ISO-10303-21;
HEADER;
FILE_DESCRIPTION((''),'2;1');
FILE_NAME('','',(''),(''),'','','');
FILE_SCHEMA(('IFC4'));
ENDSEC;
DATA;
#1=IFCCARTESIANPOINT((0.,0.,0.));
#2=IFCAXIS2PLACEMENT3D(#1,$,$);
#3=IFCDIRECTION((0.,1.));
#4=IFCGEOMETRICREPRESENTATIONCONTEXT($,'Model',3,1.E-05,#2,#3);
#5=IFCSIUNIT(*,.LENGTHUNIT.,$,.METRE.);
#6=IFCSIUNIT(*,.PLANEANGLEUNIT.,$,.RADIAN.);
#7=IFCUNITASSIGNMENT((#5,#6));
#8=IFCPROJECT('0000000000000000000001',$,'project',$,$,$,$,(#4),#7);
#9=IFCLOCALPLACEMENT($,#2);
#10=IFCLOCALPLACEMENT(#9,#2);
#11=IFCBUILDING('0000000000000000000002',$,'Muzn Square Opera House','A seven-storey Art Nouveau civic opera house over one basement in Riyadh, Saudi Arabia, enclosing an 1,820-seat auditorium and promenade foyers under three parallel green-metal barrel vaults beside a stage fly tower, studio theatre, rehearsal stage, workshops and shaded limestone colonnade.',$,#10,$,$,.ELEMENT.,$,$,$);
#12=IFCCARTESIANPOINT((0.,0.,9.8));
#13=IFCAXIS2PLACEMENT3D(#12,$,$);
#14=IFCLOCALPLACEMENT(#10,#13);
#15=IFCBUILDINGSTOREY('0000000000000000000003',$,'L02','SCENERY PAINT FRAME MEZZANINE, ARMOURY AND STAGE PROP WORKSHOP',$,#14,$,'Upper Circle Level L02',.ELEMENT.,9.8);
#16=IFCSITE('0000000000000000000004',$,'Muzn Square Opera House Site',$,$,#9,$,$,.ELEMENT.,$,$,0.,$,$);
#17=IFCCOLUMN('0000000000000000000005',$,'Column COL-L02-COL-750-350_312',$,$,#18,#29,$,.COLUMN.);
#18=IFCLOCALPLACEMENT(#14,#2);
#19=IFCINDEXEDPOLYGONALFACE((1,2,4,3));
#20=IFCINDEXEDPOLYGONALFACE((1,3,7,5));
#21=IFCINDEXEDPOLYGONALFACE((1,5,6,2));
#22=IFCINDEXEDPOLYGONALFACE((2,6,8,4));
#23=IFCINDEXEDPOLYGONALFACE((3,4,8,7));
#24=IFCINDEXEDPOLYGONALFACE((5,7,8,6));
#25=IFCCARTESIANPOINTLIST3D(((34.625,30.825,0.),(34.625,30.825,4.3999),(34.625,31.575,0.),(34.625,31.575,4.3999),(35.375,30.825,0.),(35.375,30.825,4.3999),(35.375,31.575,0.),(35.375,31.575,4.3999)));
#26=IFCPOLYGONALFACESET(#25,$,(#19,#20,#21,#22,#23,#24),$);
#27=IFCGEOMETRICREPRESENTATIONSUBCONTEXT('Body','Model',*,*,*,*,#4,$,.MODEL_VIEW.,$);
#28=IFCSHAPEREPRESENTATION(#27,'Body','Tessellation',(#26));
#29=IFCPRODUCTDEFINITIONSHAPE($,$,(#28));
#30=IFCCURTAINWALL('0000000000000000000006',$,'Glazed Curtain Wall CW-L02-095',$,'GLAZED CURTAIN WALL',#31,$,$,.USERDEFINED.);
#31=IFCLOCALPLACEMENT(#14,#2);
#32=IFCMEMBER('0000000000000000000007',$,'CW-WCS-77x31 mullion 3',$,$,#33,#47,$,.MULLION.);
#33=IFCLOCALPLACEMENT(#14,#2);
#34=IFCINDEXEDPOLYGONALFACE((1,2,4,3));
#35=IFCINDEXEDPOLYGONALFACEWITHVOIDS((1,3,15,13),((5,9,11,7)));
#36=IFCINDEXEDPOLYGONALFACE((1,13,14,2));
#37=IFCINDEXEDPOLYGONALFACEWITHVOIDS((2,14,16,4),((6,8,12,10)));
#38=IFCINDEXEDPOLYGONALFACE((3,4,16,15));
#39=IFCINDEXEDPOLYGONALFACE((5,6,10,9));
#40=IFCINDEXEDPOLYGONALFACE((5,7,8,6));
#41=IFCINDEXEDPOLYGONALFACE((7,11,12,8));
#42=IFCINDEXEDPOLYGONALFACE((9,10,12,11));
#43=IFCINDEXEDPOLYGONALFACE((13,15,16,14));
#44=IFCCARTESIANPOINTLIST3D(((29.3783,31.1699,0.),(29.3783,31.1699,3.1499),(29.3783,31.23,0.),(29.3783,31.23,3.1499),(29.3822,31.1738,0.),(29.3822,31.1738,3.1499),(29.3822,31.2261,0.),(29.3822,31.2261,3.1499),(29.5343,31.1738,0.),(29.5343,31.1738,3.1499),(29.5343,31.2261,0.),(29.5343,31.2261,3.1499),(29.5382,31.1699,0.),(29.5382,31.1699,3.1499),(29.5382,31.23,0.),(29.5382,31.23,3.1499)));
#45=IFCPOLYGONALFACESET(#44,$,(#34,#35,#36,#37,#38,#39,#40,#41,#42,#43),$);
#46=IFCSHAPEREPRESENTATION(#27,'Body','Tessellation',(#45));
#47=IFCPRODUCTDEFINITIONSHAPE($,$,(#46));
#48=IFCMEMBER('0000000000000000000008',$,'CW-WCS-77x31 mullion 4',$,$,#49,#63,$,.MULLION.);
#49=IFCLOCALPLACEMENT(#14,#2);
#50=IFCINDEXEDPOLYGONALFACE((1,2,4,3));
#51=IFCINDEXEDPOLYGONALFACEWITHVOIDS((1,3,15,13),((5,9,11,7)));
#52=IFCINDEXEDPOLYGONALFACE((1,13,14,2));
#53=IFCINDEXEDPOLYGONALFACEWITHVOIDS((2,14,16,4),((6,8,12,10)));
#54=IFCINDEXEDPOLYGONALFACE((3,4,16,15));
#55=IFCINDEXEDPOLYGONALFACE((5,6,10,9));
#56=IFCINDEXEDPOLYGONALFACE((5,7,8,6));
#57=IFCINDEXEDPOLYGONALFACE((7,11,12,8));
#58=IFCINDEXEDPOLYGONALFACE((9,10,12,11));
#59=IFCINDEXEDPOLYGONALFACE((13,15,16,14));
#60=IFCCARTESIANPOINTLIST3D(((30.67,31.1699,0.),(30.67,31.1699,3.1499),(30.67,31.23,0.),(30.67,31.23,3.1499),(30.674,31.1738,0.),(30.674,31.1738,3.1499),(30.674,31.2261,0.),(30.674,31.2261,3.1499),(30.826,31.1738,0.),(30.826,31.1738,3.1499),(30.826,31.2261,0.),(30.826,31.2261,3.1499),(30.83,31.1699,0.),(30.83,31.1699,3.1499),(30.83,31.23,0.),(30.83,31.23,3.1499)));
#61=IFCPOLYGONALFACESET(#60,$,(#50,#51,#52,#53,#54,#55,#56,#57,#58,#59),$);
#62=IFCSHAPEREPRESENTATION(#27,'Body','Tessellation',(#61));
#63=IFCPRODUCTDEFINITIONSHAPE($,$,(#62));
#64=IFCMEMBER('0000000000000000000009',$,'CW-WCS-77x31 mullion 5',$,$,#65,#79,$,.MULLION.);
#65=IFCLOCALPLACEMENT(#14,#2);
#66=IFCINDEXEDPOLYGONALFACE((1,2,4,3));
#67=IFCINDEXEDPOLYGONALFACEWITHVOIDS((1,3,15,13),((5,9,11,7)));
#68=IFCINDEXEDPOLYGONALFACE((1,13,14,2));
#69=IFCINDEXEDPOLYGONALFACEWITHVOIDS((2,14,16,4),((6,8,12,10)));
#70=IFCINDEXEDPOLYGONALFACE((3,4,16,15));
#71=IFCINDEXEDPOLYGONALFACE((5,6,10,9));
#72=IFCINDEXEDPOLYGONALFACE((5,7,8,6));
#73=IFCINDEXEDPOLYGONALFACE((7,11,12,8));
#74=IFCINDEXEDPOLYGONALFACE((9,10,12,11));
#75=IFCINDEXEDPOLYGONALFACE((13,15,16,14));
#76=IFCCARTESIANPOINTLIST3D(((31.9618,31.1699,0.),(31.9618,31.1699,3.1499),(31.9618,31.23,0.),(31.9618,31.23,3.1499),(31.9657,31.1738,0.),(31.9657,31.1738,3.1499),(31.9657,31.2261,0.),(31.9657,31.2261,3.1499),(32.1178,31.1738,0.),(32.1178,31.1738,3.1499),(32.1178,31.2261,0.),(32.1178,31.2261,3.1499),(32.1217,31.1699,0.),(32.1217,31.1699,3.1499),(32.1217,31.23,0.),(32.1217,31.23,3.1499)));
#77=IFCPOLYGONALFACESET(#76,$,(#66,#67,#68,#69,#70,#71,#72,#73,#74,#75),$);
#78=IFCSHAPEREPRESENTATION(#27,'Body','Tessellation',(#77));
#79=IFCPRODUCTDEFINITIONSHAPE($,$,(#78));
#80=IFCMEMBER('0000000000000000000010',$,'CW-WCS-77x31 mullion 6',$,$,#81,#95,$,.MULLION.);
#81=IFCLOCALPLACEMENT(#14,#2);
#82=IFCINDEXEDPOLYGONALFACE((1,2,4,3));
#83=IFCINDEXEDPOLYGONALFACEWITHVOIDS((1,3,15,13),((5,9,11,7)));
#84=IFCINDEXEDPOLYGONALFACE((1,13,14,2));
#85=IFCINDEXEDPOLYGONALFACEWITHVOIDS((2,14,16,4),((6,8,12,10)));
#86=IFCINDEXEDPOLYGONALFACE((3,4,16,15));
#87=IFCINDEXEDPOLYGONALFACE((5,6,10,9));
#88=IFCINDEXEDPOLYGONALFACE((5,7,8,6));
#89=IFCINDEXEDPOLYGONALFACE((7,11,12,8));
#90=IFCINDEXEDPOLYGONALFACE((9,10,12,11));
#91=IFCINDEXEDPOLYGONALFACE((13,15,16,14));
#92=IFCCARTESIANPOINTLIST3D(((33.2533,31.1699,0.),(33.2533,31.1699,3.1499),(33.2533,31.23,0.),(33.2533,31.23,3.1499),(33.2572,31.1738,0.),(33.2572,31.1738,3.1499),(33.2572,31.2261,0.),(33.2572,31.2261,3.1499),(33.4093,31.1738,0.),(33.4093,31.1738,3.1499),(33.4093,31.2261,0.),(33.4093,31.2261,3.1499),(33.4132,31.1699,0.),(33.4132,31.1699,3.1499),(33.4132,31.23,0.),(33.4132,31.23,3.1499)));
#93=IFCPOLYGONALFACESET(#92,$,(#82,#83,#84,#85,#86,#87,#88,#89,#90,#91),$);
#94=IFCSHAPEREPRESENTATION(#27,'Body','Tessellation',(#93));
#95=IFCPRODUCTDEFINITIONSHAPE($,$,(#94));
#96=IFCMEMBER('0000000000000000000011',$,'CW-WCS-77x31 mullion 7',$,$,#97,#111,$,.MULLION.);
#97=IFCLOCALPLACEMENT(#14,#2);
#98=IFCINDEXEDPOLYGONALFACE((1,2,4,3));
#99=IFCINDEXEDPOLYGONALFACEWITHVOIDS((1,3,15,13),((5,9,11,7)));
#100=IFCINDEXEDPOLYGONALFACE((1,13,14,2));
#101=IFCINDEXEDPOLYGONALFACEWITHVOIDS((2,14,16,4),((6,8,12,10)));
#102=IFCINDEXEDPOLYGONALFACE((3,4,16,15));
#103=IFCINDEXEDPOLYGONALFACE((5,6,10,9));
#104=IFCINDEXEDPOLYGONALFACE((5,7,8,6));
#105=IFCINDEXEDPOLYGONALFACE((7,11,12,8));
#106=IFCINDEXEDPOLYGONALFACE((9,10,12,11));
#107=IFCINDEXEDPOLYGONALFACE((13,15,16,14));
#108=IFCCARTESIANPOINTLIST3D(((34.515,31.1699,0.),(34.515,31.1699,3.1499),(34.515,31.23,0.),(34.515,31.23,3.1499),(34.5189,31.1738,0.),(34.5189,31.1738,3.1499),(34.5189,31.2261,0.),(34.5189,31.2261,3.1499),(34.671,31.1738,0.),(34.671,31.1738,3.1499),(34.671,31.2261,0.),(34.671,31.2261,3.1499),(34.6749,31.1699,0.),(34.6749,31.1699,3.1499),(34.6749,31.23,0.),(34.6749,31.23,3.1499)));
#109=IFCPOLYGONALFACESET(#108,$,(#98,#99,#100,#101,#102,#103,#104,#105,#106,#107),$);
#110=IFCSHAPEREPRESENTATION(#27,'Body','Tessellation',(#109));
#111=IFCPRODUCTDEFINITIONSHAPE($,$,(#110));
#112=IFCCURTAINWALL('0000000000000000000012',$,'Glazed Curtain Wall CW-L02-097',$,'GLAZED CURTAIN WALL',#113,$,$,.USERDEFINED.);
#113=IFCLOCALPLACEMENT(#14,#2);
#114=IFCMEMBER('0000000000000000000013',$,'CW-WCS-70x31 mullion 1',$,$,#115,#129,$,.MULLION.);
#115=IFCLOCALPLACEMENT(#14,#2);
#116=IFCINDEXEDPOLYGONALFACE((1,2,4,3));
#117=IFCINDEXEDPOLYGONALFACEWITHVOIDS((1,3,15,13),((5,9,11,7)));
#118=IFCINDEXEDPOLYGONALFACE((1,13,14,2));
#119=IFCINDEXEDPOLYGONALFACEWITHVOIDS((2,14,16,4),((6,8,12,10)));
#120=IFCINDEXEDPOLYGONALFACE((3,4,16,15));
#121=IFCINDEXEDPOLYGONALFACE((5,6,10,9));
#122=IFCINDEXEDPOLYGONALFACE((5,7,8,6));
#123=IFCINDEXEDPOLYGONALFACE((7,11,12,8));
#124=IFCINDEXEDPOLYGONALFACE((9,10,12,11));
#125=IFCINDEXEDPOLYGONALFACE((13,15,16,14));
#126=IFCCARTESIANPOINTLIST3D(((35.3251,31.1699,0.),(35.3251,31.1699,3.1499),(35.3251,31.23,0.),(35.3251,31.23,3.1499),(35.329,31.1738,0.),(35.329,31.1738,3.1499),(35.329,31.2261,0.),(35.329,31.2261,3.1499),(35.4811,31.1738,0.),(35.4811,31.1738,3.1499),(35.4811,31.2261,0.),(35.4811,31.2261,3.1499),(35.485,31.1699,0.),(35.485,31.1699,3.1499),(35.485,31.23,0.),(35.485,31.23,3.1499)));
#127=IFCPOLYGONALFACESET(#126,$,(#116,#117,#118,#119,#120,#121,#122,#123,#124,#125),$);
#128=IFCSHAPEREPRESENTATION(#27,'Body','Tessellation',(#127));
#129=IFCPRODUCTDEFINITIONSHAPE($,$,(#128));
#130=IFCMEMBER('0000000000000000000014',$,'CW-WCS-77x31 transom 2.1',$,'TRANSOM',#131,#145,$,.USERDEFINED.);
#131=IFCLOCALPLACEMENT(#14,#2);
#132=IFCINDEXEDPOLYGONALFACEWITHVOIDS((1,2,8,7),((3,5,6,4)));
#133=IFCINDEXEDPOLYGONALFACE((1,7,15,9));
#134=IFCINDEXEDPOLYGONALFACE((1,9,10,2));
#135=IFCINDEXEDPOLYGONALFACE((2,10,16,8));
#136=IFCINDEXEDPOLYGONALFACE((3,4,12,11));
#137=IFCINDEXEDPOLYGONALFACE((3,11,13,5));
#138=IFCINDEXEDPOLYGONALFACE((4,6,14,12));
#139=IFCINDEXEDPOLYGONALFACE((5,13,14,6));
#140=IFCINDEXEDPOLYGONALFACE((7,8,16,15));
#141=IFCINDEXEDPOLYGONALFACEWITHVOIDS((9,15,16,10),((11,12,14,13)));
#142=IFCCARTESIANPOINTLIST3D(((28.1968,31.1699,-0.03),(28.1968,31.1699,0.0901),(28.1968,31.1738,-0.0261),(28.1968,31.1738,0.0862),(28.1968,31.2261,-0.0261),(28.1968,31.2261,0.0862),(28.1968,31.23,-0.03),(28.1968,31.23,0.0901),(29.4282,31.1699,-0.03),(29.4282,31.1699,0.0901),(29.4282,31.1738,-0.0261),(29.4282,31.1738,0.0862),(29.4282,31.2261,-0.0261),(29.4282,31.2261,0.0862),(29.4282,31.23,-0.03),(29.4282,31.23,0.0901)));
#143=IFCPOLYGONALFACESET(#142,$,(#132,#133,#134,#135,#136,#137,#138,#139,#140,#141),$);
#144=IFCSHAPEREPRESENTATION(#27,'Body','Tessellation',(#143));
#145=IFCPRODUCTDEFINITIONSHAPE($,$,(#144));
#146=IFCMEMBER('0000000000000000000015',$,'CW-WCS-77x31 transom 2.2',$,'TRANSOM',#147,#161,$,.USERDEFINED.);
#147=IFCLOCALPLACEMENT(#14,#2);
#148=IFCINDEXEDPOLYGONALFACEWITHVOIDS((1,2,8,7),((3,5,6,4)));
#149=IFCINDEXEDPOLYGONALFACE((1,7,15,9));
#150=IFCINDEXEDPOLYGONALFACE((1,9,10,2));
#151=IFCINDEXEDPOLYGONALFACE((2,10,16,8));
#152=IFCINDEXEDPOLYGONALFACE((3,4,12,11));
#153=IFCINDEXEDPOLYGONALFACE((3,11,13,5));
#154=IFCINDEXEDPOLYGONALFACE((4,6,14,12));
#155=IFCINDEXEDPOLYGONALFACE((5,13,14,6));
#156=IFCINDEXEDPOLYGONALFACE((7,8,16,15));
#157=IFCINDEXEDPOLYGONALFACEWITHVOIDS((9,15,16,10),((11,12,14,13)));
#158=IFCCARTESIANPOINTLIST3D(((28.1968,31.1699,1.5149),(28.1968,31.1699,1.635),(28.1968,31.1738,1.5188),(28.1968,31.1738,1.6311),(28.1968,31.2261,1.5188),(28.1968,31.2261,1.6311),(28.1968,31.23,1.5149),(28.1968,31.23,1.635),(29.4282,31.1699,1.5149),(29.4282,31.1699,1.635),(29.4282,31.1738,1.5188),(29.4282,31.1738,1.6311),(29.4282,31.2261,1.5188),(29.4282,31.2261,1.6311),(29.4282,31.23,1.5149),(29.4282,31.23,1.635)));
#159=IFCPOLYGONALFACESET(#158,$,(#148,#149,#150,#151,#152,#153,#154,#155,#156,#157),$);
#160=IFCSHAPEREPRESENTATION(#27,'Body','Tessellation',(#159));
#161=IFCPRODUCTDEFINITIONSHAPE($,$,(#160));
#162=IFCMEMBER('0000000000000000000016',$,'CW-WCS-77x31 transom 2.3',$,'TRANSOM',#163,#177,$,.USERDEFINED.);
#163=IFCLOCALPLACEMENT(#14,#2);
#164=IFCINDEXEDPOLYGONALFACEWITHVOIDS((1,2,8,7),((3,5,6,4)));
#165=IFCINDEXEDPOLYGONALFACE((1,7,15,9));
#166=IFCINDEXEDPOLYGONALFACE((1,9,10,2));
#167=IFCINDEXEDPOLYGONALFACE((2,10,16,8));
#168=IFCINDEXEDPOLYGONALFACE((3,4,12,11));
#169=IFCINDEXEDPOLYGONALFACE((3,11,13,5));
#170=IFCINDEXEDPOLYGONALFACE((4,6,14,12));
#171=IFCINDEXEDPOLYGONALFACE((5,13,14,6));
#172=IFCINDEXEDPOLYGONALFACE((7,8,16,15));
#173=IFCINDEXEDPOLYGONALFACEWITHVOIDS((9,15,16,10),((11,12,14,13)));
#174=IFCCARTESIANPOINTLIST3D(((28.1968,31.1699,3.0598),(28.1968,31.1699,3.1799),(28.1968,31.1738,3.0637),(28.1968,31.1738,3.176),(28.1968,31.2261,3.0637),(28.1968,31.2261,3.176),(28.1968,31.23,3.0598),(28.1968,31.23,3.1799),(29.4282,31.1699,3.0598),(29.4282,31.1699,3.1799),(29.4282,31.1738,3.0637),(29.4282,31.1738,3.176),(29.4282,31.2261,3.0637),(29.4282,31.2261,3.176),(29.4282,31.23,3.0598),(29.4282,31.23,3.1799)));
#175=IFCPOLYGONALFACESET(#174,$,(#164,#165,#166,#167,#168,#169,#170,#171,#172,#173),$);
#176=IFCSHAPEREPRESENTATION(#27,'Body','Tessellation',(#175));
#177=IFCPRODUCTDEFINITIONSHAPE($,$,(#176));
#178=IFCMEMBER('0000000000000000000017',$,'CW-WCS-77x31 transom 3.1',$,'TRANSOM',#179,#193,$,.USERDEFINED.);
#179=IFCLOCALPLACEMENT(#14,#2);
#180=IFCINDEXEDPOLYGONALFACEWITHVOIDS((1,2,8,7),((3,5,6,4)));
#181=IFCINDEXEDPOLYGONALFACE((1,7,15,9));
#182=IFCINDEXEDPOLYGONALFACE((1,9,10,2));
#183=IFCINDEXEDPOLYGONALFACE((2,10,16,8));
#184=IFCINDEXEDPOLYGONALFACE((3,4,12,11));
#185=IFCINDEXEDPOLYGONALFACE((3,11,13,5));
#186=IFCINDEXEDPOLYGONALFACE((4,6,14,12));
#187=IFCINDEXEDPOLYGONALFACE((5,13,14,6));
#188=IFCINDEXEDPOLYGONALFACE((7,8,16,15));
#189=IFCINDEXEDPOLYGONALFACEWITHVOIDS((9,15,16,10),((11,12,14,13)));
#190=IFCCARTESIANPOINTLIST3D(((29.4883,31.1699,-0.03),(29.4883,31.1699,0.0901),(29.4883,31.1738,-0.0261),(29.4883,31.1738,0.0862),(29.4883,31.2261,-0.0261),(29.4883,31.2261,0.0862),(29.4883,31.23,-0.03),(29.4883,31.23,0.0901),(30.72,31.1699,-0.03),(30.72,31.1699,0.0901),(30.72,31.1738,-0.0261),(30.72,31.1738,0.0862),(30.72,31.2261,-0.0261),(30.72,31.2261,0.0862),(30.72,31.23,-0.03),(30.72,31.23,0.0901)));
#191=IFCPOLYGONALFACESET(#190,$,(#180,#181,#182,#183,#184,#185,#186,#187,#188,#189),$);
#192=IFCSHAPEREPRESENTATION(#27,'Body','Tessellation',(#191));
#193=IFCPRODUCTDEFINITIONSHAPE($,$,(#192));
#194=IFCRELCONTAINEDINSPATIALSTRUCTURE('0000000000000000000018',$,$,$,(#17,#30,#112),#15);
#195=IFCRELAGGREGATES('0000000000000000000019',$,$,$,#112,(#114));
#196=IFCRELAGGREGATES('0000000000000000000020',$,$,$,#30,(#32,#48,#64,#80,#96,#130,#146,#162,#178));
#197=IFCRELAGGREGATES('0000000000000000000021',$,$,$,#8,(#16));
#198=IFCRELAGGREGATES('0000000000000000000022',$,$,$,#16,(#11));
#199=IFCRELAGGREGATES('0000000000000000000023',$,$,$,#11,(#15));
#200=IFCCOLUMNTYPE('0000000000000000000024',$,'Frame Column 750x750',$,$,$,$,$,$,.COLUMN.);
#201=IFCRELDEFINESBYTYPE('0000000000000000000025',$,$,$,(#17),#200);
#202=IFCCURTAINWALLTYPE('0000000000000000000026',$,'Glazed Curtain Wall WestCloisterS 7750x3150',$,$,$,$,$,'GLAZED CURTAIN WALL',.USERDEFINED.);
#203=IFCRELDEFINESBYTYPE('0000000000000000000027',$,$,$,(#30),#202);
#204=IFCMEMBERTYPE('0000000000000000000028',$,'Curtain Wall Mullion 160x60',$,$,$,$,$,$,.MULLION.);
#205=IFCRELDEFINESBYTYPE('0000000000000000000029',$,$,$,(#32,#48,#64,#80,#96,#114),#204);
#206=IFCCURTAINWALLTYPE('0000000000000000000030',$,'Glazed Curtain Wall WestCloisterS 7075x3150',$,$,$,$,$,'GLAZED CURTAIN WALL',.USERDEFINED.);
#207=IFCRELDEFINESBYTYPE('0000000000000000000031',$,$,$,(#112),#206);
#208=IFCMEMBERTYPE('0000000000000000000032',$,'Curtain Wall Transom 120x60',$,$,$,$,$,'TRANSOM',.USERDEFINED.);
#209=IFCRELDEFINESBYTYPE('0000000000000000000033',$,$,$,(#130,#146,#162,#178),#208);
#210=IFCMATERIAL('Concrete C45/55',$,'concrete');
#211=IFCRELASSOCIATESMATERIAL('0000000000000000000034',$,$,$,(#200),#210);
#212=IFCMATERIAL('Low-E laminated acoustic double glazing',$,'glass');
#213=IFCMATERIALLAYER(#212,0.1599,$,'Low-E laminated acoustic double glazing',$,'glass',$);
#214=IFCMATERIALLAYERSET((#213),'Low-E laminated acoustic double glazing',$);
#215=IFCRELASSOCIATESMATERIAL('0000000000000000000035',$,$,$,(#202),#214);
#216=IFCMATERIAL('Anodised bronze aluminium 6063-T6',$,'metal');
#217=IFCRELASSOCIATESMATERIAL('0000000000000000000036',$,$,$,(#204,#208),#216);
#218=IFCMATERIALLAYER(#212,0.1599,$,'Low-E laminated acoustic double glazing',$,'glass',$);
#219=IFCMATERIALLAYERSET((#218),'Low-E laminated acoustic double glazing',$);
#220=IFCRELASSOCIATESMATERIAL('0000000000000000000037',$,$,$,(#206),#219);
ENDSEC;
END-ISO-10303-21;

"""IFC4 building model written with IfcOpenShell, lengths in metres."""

from ifc_helpers import new_model, si_unit, direction, frame, origin, origin_2d, place, context, subcontext, project, spatial, rectangle, hollow_rectangle, extrude, material, layer, layer_set, material_profile, profile_set, type_object, element, aggregate, save


model = new_model("IFC4")

# Units and contexts
model_context = context("Model", 3, precision=1e-05, world=origin(), true_north=direction((0.0, 1.0)))
body_context = subcontext(model_context, "Body", "Model", "MODEL_VIEW")
ifc_project = project(units=[si_unit("LENGTHUNIT", "METRE"), si_unit("PLANEANGLEUNIT", "RADIAN")], contexts=[model_context])

# Site, building, storey
site_placement = place(None, origin())
site = spatial("IfcSite", under=ifc_project, at=site_placement, Name="Muzn Square Opera House Site", CompositionType="ELEMENT", RefElevation=0.0)
building_placement = place(site_placement, origin())
building = spatial("IfcBuilding", under=site, at=building_placement, Name="Muzn Square Opera House", Description="A seven-storey Art Nouveau civic opera house over one basement in Riyadh, Saudi Arabia, enclosing an 1,820-seat auditorium and promenade foyers under three parallel green-metal barrel vaults beside a stage fly tower, studio theatre, rehearsal stage, workshops and shaded limestone colonnade.", CompositionType="ELEMENT")
storey_placement = place(building_placement, frame((0.0, 0.0, 9.8)))
storey = spatial("IfcBuildingStorey", under=building, at=storey_placement, Name="L02", Description="SCENERY PAINT FRAME MEZZANINE, ARMOURY AND STAGE PROP WORKSHOP", LongName="Upper Circle Level L02", CompositionType="ELEMENT", Elevation=9.8)

# Column
ifc_material_1 = material(Name="Concrete C45/55", Category="concrete")
ifc_material_profile_1 = material_profile(ifc_material_1, rectangle(XDim=0.75, YDim=0.75, at=origin_2d()), Name="RC 750x750", Category="concrete")
ifc_profile_set_1 = profile_set([ifc_material_profile_1], Name="Concrete C45/55")
column_type = type_object("IfcColumnType", Name="Frame Column 750x750", PredefinedType="COLUMN", material=ifc_profile_set_1)
column_placement = place(storey_placement, frame((35.0, 31.2, 0.0), z_axis=(0.0, 0.0, 1.0), x_axis=(1.0, 0.0, 0.0)))
element("IfcColumn", 1, at=column_placement, inside=storey, type_object=column_type, Name="Column COL-L02-COL-750-350_312", PredefinedType="COLUMN", context=body_context, shape_type="SweptSolid", body=[
    extrude(rectangle(XDim=0.75, YDim=0.75, at=origin_2d()), origin(), (0.0, 0.0, 1.0), 4.3999),
])

# Curtain wall, members
ifc_material_2 = material(Name="Low-E laminated acoustic double glazing", Category="glass")
ifc_layer_1 = layer(ifc_material_2, 0.1599, Name="Low-E laminated acoustic double glazing", Category="glass")
ifc_layer_set_1 = layer_set([ifc_layer_1], Name="Low-E laminated acoustic double glazing")
curtain_wall_type_1 = type_object("IfcCurtainWallType", Name="Glazed Curtain Wall WestCloisterS 7750x3150", ElementType="GLAZED CURTAIN WALL", PredefinedType="USERDEFINED", material=ifc_layer_set_1)
curtain_wall_1_placement = place(storey_placement, origin())
curtain_wall_1 = element("IfcCurtainWall", 2, at=curtain_wall_1_placement, inside=storey, type_object=curtain_wall_type_1, Name="Glazed Curtain Wall CW-L02-095", ObjectType="GLAZED CURTAIN WALL", PredefinedType="USERDEFINED")
ifc_material_3 = material(Name="Anodised bronze aluminium 6063-T6", Category="metal")
ifc_material_profile_2 = material_profile(ifc_material_3, hollow_rectangle(XDim=0.0601, YDim=0.1599, WallThickness=0.0039, at=origin_2d()), Name="ALU 160x60x4", Category="metal")
ifc_profile_set_2 = profile_set([ifc_material_profile_2], Name="Anodised bronze aluminium 6063-T6")
member_type_1 = type_object("IfcMemberType", Name="Curtain Wall Mullion 160x60", PredefinedType="MULLION", material=ifc_profile_set_2)
member_1_placement = place(storey_placement, frame((29.4583, 31.2, 0.0), z_axis=(0.0, 0.0, 1.0), x_axis=(0.0, 1.0, 0.0)))
member_1 = element("IfcMember", 3, at=member_1_placement, type_object=member_type_1, Name="CW-WCS-77x31 mullion 3", PredefinedType="MULLION", context=body_context, shape_type="SweptSolid", body=[
    extrude(hollow_rectangle(XDim=0.0601, YDim=0.1599, WallThickness=0.0039, at=origin_2d()), origin(), (0.0, 0.0, 1.0), 3.1499),
])
member_2_placement = place(storey_placement, frame((30.75, 31.2, 0.0), z_axis=(0.0, 0.0, 1.0), x_axis=(0.0, 1.0, 0.0)))
member_2 = element("IfcMember", 4, at=member_2_placement, type_object=member_type_1, Name="CW-WCS-77x31 mullion 4", PredefinedType="MULLION", context=body_context, shape_type="SweptSolid", body=[
    extrude(hollow_rectangle(XDim=0.0601, YDim=0.1599, WallThickness=0.0039, at=origin_2d()), origin(), (0.0, 0.0, 1.0), 3.1499),
])
member_3_placement = place(storey_placement, frame((32.0417, 31.2, 0.0), z_axis=(0.0, 0.0, 1.0), x_axis=(0.0, 1.0, 0.0)))
member_3 = element("IfcMember", 5, at=member_3_placement, type_object=member_type_1, Name="CW-WCS-77x31 mullion 5", PredefinedType="MULLION", context=body_context, shape_type="SweptSolid", body=[
    extrude(hollow_rectangle(XDim=0.0601, YDim=0.1599, WallThickness=0.0039, at=origin_2d()), origin(), (0.0, 0.0, 1.0), 3.1499),
])
member_4_placement = place(storey_placement, frame((33.3333, 31.2, 0.0), z_axis=(0.0, 0.0, 1.0), x_axis=(0.0, 1.0, 0.0)))
member_4 = element("IfcMember", 6, at=member_4_placement, type_object=member_type_1, Name="CW-WCS-77x31 mullion 6", PredefinedType="MULLION", context=body_context, shape_type="SweptSolid", body=[
    extrude(hollow_rectangle(XDim=0.0601, YDim=0.1599, WallThickness=0.0039, at=origin_2d()), origin(), (0.0, 0.0, 1.0), 3.1499),
])
member_5_placement = place(storey_placement, frame((34.595, 31.2, 0.0), z_axis=(0.0, 0.0, 1.0), x_axis=(0.0, 1.0, 0.0)))
member_5 = element("IfcMember", 7, at=member_5_placement, type_object=member_type_1, Name="CW-WCS-77x31 mullion 7", PredefinedType="MULLION", context=body_context, shape_type="SweptSolid", body=[
    extrude(hollow_rectangle(XDim=0.0601, YDim=0.1599, WallThickness=0.0039, at=origin_2d()), origin(), (0.0, 0.0, 1.0), 3.1499),
])

# Curtain wall, member
ifc_layer_2 = layer(ifc_material_2, 0.1599, Name="Low-E laminated acoustic double glazing", Category="glass")
ifc_layer_set_2 = layer_set([ifc_layer_2], Name="Low-E laminated acoustic double glazing")
curtain_wall_type_2 = type_object("IfcCurtainWallType", Name="Glazed Curtain Wall WestCloisterS 7075x3150", ElementType="GLAZED CURTAIN WALL", PredefinedType="USERDEFINED", material=ifc_layer_set_2)
curtain_wall_2_placement = place(storey_placement, origin())
curtain_wall_2 = element("IfcCurtainWall", 8, at=curtain_wall_2_placement, inside=storey, type_object=curtain_wall_type_2, Name="Glazed Curtain Wall CW-L02-097", ObjectType="GLAZED CURTAIN WALL", PredefinedType="USERDEFINED")
member_6_placement = place(storey_placement, frame((35.405, 31.2, 0.0), z_axis=(0.0, 0.0, 1.0), x_axis=(0.0, 1.0, 0.0)))
member_6 = element("IfcMember", 9, at=member_6_placement, type_object=member_type_1, Name="CW-WCS-70x31 mullion 1", PredefinedType="MULLION", context=body_context, shape_type="SweptSolid", body=[
    extrude(hollow_rectangle(XDim=0.0601, YDim=0.1599, WallThickness=0.0039, at=origin_2d()), origin(), (0.0, 0.0, 1.0), 3.1499),
])

# Members
ifc_material_profile_3 = material_profile(ifc_material_3, hollow_rectangle(XDim=0.0601, YDim=0.1201, WallThickness=0.0039, at=origin_2d()), Name="ALU 120x60x4", Category="metal")
ifc_profile_set_3 = profile_set([ifc_material_profile_3], Name="Anodised bronze aluminium 6063-T6")
member_type_2 = type_object("IfcMemberType", Name="Curtain Wall Transom 120x60", ElementType="TRANSOM", PredefinedType="USERDEFINED", material=ifc_profile_set_3)
member_7_placement = place(storey_placement, frame((28.1968, 31.2, 0.03), z_axis=(1.0, 0.0, 0.0), x_axis=(0.0, 1.0, 0.0)))
member_7 = element("IfcMember", 10, at=member_7_placement, type_object=member_type_2, Name="CW-WCS-77x31 transom 2.1", ObjectType="TRANSOM", PredefinedType="USERDEFINED", context=body_context, shape_type="SweptSolid", body=[
    extrude(hollow_rectangle(XDim=0.0601, YDim=0.1201, WallThickness=0.0039, at=origin_2d()), origin(), (0.0, 0.0, 1.0), 1.2314),
])
member_8_placement = place(storey_placement, frame((28.1968, 31.2, 1.575), z_axis=(1.0, 0.0, 0.0), x_axis=(0.0, 1.0, 0.0)))
member_8 = element("IfcMember", 11, at=member_8_placement, type_object=member_type_2, Name="CW-WCS-77x31 transom 2.2", ObjectType="TRANSOM", PredefinedType="USERDEFINED", context=body_context, shape_type="SweptSolid", body=[
    extrude(hollow_rectangle(XDim=0.0601, YDim=0.1201, WallThickness=0.0039, at=origin_2d()), origin(), (0.0, 0.0, 1.0), 1.2314),
])
member_9_placement = place(storey_placement, frame((28.1968, 31.2, 3.1199), z_axis=(1.0, 0.0, 0.0), x_axis=(0.0, 1.0, 0.0)))
member_9 = element("IfcMember", 12, at=member_9_placement, type_object=member_type_2, Name="CW-WCS-77x31 transom 2.3", ObjectType="TRANSOM", PredefinedType="USERDEFINED", context=body_context, shape_type="SweptSolid", body=[
    extrude(hollow_rectangle(XDim=0.0601, YDim=0.1201, WallThickness=0.0039, at=origin_2d()), origin(), (0.0, 0.0, 1.0), 1.2314),
])
member_10_placement = place(storey_placement, frame((29.4883, 31.2, 0.03), z_axis=(1.0, 0.0, 0.0), x_axis=(0.0, 1.0, 0.0)))
member_10 = element("IfcMember", 13, at=member_10_placement, type_object=member_type_2, Name="CW-WCS-77x31 transom 3.1", ObjectType="TRANSOM", PredefinedType="USERDEFINED", context=body_context, shape_type="SweptSolid", body=[
    extrude(hollow_rectangle(XDim=0.0601, YDim=0.1201, WallThickness=0.0039, at=origin_2d()), origin(), (0.0, 0.0, 1.0), 1.2317),
])
aggregate(curtain_wall_2, [member_6])

aggregate(curtain_wall_1, [member_1, member_2, member_3, member_4, member_5, member_7, member_8, member_9, member_10])

save(model, "model.ifc")
